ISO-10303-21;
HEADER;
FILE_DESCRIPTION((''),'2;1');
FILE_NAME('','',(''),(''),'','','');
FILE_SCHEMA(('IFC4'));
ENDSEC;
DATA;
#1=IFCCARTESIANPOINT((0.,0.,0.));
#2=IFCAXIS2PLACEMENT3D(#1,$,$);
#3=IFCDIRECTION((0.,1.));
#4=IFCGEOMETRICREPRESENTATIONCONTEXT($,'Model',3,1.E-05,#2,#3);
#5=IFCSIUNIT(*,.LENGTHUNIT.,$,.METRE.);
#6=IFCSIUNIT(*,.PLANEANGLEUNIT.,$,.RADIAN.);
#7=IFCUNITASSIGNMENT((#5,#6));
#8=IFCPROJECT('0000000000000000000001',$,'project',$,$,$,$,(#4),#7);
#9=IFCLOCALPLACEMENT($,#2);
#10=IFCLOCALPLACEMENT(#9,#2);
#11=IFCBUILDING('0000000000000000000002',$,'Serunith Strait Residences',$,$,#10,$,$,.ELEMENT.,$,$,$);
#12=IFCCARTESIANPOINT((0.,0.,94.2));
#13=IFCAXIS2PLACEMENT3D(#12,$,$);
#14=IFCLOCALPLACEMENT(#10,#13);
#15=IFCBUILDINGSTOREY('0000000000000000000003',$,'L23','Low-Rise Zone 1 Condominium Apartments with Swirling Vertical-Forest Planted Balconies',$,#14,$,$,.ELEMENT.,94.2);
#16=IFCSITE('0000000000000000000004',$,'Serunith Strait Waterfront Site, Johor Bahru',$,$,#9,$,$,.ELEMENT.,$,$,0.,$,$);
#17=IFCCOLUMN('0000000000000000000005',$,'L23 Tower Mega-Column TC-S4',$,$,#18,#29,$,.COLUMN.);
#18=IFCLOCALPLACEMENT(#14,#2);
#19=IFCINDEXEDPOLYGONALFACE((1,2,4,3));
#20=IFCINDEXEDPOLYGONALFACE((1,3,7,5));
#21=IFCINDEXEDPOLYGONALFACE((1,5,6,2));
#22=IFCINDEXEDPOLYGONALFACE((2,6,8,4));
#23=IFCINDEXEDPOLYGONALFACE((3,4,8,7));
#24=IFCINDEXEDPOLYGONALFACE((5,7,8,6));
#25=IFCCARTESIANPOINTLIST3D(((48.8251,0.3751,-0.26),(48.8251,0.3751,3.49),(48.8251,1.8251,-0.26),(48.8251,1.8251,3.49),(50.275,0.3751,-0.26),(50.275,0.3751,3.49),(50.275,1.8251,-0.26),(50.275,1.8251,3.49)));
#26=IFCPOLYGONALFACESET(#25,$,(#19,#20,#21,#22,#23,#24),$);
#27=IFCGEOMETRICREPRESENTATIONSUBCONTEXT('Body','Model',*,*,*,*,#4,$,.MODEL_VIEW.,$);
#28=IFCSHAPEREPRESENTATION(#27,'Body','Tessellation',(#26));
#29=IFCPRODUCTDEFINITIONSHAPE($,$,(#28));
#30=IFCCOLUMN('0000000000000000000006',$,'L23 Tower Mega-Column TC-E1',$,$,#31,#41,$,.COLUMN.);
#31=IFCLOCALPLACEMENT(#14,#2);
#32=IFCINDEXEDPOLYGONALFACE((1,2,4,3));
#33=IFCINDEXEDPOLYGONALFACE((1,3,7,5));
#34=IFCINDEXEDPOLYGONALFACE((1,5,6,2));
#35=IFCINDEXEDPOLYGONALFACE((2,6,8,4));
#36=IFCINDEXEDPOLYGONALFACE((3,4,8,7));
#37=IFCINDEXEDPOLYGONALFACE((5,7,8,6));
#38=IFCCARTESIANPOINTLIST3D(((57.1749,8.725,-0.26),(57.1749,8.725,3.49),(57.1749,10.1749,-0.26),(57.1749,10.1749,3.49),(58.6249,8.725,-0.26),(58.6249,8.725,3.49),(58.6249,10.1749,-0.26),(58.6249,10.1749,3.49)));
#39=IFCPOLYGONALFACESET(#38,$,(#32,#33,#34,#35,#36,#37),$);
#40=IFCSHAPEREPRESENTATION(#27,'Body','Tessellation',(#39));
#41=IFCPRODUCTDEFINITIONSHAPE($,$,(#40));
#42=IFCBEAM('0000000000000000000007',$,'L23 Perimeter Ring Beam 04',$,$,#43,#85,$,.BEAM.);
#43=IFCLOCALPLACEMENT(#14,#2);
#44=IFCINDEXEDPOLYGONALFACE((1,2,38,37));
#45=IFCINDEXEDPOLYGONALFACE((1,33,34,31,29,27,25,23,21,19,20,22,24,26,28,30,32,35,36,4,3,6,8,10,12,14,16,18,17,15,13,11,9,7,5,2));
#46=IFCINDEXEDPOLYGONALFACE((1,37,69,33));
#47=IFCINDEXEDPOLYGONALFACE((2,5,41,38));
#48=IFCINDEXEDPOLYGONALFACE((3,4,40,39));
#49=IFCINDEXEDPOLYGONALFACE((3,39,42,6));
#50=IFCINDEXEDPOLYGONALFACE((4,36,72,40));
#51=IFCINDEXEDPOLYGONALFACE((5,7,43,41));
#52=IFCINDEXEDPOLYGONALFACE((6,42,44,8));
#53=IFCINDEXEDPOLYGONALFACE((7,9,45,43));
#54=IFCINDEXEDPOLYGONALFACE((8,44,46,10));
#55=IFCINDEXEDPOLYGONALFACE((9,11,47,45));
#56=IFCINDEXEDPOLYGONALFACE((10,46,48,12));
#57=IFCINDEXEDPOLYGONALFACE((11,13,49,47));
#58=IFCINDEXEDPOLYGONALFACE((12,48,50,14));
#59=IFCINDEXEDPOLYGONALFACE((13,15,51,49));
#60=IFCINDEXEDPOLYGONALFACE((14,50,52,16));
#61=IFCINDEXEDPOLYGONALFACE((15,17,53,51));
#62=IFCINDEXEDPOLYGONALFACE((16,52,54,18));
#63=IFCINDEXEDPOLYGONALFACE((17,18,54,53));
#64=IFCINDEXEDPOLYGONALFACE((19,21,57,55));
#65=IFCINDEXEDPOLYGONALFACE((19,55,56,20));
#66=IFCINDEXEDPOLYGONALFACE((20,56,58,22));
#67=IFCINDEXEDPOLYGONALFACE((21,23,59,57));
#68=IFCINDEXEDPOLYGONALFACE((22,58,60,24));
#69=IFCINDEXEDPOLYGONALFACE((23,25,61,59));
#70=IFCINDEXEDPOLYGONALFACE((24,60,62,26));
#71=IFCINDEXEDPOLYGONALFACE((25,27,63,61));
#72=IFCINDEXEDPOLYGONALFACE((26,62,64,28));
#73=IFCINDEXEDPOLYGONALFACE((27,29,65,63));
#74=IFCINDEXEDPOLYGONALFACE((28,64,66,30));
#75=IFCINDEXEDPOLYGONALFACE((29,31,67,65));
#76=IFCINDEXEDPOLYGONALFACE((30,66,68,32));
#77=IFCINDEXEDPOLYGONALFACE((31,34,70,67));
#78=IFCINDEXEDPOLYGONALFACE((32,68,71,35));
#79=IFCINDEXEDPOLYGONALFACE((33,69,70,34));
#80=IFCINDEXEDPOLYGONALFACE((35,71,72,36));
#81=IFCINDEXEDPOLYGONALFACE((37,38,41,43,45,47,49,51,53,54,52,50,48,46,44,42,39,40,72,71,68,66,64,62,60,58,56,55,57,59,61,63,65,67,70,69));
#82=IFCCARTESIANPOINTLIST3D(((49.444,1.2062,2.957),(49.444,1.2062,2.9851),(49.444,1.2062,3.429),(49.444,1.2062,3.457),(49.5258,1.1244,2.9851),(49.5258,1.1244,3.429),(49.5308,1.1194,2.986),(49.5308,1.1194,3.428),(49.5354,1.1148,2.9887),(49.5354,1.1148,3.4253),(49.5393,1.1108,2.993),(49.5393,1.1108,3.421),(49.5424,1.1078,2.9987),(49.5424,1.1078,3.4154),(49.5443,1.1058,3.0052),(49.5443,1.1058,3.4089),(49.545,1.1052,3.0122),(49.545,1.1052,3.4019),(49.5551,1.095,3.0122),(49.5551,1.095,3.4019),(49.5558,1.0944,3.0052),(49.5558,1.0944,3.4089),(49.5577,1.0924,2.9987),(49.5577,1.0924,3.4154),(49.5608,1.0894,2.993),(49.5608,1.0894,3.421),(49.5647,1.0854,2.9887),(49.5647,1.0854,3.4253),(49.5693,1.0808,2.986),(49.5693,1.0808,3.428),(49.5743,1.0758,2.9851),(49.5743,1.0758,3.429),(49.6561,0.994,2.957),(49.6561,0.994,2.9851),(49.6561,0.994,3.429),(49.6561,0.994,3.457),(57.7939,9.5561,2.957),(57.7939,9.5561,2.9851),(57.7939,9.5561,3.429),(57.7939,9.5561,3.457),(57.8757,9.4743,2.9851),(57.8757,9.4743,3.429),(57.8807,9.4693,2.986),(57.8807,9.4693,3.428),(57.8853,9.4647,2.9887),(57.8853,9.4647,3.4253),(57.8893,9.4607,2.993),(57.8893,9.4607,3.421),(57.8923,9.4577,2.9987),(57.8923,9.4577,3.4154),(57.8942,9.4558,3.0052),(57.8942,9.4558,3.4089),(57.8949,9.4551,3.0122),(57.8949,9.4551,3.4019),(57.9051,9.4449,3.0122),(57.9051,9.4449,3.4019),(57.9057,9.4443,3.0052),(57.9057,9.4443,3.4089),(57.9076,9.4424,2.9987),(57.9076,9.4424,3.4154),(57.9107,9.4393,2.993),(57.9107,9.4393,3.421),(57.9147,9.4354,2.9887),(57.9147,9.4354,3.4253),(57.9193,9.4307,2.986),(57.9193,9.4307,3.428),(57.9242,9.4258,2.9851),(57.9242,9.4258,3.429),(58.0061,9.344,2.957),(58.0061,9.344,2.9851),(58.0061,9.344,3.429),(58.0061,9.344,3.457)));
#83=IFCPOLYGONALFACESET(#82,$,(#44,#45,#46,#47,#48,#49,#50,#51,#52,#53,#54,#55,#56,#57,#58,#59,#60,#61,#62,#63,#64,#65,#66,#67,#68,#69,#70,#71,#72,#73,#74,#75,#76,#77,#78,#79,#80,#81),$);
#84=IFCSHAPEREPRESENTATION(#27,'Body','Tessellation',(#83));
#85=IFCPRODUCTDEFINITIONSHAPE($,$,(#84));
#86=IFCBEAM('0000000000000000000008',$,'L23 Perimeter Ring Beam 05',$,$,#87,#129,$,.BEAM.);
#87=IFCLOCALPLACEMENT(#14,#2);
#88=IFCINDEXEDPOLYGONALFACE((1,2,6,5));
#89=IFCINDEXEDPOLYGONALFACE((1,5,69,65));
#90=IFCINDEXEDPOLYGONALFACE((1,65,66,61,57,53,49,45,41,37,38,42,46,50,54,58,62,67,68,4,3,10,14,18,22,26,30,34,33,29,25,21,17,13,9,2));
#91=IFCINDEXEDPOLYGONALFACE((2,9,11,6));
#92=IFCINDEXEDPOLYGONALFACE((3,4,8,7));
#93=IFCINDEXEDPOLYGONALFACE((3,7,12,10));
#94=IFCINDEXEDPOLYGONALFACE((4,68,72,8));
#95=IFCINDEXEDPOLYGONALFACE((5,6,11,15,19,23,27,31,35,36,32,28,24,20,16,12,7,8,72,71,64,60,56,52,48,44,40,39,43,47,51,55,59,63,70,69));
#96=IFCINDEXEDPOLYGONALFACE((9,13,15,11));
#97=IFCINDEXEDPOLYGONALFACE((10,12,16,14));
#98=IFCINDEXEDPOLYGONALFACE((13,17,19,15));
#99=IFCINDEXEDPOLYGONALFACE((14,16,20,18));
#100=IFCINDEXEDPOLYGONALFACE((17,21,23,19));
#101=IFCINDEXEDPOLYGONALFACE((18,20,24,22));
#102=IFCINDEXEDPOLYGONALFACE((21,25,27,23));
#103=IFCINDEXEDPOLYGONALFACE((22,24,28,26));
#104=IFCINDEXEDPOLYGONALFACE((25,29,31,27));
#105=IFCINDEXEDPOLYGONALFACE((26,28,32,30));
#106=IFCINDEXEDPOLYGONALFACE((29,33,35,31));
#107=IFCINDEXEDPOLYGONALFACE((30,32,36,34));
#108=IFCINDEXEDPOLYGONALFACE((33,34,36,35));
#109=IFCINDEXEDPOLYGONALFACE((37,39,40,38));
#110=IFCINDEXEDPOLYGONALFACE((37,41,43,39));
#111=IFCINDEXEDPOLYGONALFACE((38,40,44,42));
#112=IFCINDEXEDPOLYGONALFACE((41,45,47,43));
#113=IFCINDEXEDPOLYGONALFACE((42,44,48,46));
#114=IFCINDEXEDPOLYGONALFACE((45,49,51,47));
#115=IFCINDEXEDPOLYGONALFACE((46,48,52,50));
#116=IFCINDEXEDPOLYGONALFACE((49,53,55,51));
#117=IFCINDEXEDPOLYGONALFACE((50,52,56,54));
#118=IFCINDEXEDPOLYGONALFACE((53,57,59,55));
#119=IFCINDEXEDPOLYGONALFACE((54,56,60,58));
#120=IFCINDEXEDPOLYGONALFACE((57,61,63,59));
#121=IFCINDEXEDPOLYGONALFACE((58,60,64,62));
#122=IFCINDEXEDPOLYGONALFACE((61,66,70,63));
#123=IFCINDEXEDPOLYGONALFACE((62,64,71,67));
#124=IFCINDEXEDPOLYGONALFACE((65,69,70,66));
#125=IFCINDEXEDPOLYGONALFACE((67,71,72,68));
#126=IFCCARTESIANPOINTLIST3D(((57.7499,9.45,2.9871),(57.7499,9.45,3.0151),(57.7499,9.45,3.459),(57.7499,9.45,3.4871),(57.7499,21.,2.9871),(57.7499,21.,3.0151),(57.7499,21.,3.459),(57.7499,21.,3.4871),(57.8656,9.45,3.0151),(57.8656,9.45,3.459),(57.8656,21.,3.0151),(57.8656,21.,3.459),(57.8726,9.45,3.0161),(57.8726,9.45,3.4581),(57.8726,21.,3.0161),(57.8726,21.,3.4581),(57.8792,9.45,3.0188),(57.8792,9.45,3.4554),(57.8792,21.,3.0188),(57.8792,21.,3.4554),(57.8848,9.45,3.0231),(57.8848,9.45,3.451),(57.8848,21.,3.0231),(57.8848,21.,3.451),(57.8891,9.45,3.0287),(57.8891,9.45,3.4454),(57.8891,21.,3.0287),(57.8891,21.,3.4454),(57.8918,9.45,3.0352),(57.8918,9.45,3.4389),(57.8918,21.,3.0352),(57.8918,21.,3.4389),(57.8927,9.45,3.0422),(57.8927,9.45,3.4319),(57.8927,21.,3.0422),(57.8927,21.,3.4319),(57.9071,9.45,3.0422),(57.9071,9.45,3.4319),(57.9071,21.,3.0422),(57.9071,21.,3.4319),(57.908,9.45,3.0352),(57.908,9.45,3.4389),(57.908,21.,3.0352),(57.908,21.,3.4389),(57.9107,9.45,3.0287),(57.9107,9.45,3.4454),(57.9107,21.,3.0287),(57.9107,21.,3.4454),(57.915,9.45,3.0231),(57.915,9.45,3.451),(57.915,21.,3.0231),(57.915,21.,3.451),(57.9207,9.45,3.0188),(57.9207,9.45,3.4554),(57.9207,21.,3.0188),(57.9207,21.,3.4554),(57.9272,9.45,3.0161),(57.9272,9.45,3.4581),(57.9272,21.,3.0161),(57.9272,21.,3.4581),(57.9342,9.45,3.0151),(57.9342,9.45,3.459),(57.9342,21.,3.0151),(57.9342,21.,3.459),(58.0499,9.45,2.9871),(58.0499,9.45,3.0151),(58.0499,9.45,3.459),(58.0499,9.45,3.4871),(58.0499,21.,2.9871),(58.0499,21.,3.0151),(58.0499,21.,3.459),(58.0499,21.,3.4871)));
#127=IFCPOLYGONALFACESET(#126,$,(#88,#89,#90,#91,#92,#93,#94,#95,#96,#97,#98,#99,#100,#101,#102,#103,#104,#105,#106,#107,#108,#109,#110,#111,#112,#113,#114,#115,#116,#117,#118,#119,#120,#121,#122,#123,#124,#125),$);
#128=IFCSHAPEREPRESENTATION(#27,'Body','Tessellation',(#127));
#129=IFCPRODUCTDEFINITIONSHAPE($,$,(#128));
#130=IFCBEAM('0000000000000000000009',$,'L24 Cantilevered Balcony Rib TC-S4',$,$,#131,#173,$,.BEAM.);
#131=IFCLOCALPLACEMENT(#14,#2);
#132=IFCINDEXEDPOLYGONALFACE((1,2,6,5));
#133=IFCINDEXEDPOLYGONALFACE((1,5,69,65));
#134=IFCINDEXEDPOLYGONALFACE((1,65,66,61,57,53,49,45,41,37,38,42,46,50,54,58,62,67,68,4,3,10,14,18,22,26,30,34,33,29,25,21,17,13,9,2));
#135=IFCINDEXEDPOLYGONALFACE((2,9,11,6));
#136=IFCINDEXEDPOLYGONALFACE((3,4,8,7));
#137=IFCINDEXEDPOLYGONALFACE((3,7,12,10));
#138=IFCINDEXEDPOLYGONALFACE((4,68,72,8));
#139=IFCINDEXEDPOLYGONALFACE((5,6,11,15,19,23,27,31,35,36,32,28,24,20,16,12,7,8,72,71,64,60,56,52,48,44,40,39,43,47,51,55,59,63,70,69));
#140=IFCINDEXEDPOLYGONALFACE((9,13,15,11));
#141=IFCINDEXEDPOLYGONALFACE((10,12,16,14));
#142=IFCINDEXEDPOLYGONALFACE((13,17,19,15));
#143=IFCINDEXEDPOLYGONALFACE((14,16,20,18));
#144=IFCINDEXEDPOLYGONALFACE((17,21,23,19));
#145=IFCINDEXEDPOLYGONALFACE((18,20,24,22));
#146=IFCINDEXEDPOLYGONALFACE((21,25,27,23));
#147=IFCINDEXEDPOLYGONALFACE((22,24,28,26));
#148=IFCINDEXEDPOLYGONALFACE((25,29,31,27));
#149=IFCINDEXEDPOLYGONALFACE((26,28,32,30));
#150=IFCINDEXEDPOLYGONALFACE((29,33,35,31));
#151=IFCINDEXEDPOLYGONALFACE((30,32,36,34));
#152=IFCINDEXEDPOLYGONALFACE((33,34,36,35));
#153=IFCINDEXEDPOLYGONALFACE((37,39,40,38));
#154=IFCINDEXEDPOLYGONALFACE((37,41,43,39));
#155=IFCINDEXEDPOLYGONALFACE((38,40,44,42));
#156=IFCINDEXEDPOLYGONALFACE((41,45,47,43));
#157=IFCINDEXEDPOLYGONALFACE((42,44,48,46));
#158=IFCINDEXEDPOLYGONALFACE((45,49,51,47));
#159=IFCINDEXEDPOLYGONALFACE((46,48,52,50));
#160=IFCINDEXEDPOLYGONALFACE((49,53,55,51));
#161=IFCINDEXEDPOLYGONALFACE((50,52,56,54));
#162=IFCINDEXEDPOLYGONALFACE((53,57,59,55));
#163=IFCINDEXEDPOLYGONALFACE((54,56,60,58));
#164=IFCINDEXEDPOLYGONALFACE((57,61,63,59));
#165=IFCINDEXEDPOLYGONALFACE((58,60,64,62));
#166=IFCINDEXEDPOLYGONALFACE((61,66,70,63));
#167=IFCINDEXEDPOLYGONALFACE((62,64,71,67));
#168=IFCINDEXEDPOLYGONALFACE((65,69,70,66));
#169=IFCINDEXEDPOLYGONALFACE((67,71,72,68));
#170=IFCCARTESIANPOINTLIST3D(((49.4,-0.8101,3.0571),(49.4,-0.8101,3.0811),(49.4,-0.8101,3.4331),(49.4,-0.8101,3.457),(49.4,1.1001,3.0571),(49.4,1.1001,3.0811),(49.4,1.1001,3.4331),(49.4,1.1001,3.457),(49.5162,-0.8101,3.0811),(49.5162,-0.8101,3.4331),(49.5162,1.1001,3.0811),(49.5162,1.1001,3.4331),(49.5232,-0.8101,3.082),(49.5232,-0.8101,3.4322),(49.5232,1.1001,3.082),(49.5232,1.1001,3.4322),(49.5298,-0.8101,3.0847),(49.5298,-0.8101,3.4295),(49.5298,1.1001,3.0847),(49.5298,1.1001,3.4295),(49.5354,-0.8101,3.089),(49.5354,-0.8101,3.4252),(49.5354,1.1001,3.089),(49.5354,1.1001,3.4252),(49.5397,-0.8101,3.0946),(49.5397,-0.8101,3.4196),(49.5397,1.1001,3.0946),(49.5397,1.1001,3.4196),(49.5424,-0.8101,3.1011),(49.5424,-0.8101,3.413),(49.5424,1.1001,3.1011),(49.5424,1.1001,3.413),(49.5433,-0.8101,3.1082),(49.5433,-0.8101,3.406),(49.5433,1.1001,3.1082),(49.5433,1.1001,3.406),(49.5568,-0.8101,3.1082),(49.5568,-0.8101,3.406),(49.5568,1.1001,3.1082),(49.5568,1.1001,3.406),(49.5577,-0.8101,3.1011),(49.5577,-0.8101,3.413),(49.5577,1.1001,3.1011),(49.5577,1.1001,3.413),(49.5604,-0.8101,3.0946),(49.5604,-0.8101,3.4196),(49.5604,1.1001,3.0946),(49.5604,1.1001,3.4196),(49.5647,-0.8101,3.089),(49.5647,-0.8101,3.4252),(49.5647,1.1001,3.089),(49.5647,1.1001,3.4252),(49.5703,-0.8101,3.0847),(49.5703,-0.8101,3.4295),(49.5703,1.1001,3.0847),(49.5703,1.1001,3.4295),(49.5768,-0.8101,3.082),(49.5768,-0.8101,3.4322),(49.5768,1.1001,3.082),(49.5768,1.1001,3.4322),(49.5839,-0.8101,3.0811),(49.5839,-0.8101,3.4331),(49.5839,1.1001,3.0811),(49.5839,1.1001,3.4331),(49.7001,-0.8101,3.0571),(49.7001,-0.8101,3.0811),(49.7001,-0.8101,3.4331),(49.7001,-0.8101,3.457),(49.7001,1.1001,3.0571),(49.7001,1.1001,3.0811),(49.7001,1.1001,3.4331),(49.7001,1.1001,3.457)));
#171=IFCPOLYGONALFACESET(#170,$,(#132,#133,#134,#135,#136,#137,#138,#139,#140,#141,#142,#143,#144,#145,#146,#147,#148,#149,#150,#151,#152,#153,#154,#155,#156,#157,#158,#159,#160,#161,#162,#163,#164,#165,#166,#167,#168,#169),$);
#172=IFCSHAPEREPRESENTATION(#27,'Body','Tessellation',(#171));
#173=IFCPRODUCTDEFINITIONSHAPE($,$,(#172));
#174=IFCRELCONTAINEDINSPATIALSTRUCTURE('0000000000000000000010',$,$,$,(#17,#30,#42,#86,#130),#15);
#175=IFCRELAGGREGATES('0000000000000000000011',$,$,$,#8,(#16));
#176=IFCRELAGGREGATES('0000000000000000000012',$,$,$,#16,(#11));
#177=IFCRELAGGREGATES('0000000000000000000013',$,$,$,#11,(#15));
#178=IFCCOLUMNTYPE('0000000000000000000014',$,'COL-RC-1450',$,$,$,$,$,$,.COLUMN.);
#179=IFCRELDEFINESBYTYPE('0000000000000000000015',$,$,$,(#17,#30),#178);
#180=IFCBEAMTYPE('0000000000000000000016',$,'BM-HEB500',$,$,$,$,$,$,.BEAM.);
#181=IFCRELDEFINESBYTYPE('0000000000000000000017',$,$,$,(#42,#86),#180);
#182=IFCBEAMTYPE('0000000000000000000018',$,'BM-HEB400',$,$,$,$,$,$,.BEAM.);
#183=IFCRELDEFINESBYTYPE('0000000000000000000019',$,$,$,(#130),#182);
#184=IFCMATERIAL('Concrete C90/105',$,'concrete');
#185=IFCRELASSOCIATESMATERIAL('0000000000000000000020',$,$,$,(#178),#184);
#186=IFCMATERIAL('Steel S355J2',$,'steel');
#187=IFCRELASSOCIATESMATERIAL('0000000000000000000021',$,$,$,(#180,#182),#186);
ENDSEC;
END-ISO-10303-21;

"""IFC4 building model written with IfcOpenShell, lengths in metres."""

from ifc_helpers import new_model, si_unit, direction, frame, origin, origin_2d, place, context, subcontext, project, spatial, rectangle, i_section, extrude, source, transform, mapped, material, material_profile, profile_set, type_object, element, save


model = new_model("IFC4")

# Units and contexts
model_context = context("Model", 3, precision=1e-05, world=origin(), true_north=direction((0.0, 1.0)))
body_context = subcontext(model_context, "Body", "Model", "MODEL_VIEW")
ifc_project = project(units=[si_unit("LENGTHUNIT", "METRE"), si_unit("PLANEANGLEUNIT", "RADIAN")], contexts=[model_context])

# Site, building, storey
site_placement = place(None, origin())
site = spatial("IfcSite", under=ifc_project, at=site_placement, Name="Serunith Strait Waterfront Site, Johor Bahru", CompositionType="ELEMENT", RefElevation=0.0)
building_placement = place(site_placement, origin())
building = spatial("IfcBuilding", under=site, at=building_placement, Name="Serunith Strait Residences", CompositionType="ELEMENT")
storey_placement = place(building_placement, frame((0.0, 0.0, 94.2)))
storey = spatial("IfcBuildingStorey", under=building, at=storey_placement, Name="L23", Description="Low-Rise Zone 1 Condominium Apartments with Swirling Vertical-Forest Planted Balconies", CompositionType="ELEMENT", Elevation=94.2)

# Columns
ifc_material_1 = material(Name="Concrete C90/105", Category="concrete")
ifc_material_profile_1 = material_profile(ifc_material_1, rectangle(XDim=1.45, YDim=1.45, at=origin_2d()), Name="RC 1450x1450")
ifc_profile_set_1 = profile_set([ifc_material_profile_1], Name="Concrete C90/105")
column_type = type_object("IfcColumnType", Name="COL-RC-1450", PredefinedType="COLUMN", material=ifc_profile_set_1)
shared_shape_1 = source(origin(), body_context, "Body", "SweptSolid", [
    extrude(rectangle(XDim=1.45, YDim=1.45, at=origin_2d()), origin(), (0.0, 0.0, 1.0), 3.75),
])
for number, where, z_axis, x_axis, name in (
    (1, (49.55, 1.1001, -0.26), (0.0, 0.0, 1.0), (1.0, 0.0, 0.0), "L23 Tower Mega-Column TC-S4"),
    (2, (57.8999, 9.45, -0.26), (0.0, 0.0, 1.0), (1.0, 0.0, 0.0), "L23 Tower Mega-Column TC-E1"),
):
    element("IfcColumn", number, at=place(storey_placement, frame(where, z_axis=z_axis, x_axis=x_axis)), inside=storey, type_object=column_type, Name=name, PredefinedType="COLUMN", context=body_context, shape_type="MappedRepresentation", body=[
        mapped(shared_shape_1, transform((0.0, 0.0, 0.0), scale=1.0)),
    ])

# Beams
ifc_material_2 = material(Name="Steel S355J2", Category="steel")
ifc_material_profile_2 = material_profile(ifc_material_2, i_section(OverallWidth=0.3, OverallDepth=0.5, WebThickness=0.0144, FlangeThickness=0.0281, FilletRadius=0.0271, at=origin_2d()), Name="HEB 500")
ifc_profile_set_2 = profile_set([ifc_material_profile_2], Name="Steel S355J2")
beam_type_1 = type_object("IfcBeamType", Name="BM-HEB500", PredefinedType="BEAM", material=ifc_profile_set_2)
shared_shape_2 = source(origin(), body_context, "Body", "SweptSolid", [
    extrude(i_section(OverallWidth=0.3, OverallDepth=0.5, WebThickness=0.0144, FlangeThickness=0.0281, FilletRadius=0.0271, at=origin_2d()), origin(), (0.0, 0.0, 1.0), 11.8086),
])
beam_1_placement = place(storey_placement, frame((49.55, 1.1001, 3.207), z_axis=(0.707107, 0.707107, 0.0), x_axis=(-0.707107, 0.707107, 0.0)))
element("IfcBeam", 3, at=beam_1_placement, inside=storey, type_object=beam_type_1, Name="L23 Perimeter Ring Beam 04", PredefinedType="BEAM", context=body_context, shape_type="MappedRepresentation", body=[
    mapped(shared_shape_2, transform((0.0, 0.0, 0.0), scale=1.0)),
])
shared_shape_3 = source(origin(), body_context, "Body", "SweptSolid", [
    extrude(i_section(OverallWidth=0.3, OverallDepth=0.5, WebThickness=0.0144, FlangeThickness=0.0281, FilletRadius=0.0271, at=origin_2d()), origin(), (0.0, 0.0, 1.0), 11.55),
])
beam_2_placement = place(storey_placement, frame((57.8999, 9.45, 3.2371), z_axis=(0.0, 1.0, 0.0), x_axis=(-1.0, 0.0, 0.0)))
element("IfcBeam", 4, at=beam_2_placement, inside=storey, type_object=beam_type_1, Name="L23 Perimeter Ring Beam 05", PredefinedType="BEAM", context=body_context, shape_type="MappedRepresentation", body=[
    mapped(shared_shape_3, transform((0.0, 0.0, 0.0), scale=1.0)),
])
ifc_material_profile_3 = material_profile(ifc_material_2, i_section(OverallWidth=0.3, OverallDepth=0.3999, WebThickness=0.0134, FlangeThickness=0.0239, FilletRadius=0.0271, at=origin_2d()), Name="HEB 400")
ifc_profile_set_3 = profile_set([ifc_material_profile_3], Name="Steel S355J2")
beam_type_2 = type_object("IfcBeamType", Name="BM-HEB400", PredefinedType="BEAM", material=ifc_profile_set_3)
shared_shape_4 = source(origin(), body_context, "Body", "SweptSolid", [
    extrude(i_section(OverallWidth=0.3, OverallDepth=0.3999, WebThickness=0.0134, FlangeThickness=0.0239, FilletRadius=0.0271, at=origin_2d()), origin(), (0.0, 0.0, 1.0), 1.9102),
])
beam_3_placement = place(storey_placement, frame((49.55, 1.1001, 3.2571), z_axis=(0.0, -1.0, 0.0), x_axis=(1.0, 0.0, 0.0)))
element("IfcBeam", 5, at=beam_3_placement, inside=storey, type_object=beam_type_2, Name="L24 Cantilevered Balcony Rib TC-S4", PredefinedType="BEAM", context=body_context, shape_type="MappedRepresentation", body=[
    mapped(shared_shape_4, transform((0.0, 0.0, 0.0), scale=1.0)),
])

save(model, "model.ifc")
